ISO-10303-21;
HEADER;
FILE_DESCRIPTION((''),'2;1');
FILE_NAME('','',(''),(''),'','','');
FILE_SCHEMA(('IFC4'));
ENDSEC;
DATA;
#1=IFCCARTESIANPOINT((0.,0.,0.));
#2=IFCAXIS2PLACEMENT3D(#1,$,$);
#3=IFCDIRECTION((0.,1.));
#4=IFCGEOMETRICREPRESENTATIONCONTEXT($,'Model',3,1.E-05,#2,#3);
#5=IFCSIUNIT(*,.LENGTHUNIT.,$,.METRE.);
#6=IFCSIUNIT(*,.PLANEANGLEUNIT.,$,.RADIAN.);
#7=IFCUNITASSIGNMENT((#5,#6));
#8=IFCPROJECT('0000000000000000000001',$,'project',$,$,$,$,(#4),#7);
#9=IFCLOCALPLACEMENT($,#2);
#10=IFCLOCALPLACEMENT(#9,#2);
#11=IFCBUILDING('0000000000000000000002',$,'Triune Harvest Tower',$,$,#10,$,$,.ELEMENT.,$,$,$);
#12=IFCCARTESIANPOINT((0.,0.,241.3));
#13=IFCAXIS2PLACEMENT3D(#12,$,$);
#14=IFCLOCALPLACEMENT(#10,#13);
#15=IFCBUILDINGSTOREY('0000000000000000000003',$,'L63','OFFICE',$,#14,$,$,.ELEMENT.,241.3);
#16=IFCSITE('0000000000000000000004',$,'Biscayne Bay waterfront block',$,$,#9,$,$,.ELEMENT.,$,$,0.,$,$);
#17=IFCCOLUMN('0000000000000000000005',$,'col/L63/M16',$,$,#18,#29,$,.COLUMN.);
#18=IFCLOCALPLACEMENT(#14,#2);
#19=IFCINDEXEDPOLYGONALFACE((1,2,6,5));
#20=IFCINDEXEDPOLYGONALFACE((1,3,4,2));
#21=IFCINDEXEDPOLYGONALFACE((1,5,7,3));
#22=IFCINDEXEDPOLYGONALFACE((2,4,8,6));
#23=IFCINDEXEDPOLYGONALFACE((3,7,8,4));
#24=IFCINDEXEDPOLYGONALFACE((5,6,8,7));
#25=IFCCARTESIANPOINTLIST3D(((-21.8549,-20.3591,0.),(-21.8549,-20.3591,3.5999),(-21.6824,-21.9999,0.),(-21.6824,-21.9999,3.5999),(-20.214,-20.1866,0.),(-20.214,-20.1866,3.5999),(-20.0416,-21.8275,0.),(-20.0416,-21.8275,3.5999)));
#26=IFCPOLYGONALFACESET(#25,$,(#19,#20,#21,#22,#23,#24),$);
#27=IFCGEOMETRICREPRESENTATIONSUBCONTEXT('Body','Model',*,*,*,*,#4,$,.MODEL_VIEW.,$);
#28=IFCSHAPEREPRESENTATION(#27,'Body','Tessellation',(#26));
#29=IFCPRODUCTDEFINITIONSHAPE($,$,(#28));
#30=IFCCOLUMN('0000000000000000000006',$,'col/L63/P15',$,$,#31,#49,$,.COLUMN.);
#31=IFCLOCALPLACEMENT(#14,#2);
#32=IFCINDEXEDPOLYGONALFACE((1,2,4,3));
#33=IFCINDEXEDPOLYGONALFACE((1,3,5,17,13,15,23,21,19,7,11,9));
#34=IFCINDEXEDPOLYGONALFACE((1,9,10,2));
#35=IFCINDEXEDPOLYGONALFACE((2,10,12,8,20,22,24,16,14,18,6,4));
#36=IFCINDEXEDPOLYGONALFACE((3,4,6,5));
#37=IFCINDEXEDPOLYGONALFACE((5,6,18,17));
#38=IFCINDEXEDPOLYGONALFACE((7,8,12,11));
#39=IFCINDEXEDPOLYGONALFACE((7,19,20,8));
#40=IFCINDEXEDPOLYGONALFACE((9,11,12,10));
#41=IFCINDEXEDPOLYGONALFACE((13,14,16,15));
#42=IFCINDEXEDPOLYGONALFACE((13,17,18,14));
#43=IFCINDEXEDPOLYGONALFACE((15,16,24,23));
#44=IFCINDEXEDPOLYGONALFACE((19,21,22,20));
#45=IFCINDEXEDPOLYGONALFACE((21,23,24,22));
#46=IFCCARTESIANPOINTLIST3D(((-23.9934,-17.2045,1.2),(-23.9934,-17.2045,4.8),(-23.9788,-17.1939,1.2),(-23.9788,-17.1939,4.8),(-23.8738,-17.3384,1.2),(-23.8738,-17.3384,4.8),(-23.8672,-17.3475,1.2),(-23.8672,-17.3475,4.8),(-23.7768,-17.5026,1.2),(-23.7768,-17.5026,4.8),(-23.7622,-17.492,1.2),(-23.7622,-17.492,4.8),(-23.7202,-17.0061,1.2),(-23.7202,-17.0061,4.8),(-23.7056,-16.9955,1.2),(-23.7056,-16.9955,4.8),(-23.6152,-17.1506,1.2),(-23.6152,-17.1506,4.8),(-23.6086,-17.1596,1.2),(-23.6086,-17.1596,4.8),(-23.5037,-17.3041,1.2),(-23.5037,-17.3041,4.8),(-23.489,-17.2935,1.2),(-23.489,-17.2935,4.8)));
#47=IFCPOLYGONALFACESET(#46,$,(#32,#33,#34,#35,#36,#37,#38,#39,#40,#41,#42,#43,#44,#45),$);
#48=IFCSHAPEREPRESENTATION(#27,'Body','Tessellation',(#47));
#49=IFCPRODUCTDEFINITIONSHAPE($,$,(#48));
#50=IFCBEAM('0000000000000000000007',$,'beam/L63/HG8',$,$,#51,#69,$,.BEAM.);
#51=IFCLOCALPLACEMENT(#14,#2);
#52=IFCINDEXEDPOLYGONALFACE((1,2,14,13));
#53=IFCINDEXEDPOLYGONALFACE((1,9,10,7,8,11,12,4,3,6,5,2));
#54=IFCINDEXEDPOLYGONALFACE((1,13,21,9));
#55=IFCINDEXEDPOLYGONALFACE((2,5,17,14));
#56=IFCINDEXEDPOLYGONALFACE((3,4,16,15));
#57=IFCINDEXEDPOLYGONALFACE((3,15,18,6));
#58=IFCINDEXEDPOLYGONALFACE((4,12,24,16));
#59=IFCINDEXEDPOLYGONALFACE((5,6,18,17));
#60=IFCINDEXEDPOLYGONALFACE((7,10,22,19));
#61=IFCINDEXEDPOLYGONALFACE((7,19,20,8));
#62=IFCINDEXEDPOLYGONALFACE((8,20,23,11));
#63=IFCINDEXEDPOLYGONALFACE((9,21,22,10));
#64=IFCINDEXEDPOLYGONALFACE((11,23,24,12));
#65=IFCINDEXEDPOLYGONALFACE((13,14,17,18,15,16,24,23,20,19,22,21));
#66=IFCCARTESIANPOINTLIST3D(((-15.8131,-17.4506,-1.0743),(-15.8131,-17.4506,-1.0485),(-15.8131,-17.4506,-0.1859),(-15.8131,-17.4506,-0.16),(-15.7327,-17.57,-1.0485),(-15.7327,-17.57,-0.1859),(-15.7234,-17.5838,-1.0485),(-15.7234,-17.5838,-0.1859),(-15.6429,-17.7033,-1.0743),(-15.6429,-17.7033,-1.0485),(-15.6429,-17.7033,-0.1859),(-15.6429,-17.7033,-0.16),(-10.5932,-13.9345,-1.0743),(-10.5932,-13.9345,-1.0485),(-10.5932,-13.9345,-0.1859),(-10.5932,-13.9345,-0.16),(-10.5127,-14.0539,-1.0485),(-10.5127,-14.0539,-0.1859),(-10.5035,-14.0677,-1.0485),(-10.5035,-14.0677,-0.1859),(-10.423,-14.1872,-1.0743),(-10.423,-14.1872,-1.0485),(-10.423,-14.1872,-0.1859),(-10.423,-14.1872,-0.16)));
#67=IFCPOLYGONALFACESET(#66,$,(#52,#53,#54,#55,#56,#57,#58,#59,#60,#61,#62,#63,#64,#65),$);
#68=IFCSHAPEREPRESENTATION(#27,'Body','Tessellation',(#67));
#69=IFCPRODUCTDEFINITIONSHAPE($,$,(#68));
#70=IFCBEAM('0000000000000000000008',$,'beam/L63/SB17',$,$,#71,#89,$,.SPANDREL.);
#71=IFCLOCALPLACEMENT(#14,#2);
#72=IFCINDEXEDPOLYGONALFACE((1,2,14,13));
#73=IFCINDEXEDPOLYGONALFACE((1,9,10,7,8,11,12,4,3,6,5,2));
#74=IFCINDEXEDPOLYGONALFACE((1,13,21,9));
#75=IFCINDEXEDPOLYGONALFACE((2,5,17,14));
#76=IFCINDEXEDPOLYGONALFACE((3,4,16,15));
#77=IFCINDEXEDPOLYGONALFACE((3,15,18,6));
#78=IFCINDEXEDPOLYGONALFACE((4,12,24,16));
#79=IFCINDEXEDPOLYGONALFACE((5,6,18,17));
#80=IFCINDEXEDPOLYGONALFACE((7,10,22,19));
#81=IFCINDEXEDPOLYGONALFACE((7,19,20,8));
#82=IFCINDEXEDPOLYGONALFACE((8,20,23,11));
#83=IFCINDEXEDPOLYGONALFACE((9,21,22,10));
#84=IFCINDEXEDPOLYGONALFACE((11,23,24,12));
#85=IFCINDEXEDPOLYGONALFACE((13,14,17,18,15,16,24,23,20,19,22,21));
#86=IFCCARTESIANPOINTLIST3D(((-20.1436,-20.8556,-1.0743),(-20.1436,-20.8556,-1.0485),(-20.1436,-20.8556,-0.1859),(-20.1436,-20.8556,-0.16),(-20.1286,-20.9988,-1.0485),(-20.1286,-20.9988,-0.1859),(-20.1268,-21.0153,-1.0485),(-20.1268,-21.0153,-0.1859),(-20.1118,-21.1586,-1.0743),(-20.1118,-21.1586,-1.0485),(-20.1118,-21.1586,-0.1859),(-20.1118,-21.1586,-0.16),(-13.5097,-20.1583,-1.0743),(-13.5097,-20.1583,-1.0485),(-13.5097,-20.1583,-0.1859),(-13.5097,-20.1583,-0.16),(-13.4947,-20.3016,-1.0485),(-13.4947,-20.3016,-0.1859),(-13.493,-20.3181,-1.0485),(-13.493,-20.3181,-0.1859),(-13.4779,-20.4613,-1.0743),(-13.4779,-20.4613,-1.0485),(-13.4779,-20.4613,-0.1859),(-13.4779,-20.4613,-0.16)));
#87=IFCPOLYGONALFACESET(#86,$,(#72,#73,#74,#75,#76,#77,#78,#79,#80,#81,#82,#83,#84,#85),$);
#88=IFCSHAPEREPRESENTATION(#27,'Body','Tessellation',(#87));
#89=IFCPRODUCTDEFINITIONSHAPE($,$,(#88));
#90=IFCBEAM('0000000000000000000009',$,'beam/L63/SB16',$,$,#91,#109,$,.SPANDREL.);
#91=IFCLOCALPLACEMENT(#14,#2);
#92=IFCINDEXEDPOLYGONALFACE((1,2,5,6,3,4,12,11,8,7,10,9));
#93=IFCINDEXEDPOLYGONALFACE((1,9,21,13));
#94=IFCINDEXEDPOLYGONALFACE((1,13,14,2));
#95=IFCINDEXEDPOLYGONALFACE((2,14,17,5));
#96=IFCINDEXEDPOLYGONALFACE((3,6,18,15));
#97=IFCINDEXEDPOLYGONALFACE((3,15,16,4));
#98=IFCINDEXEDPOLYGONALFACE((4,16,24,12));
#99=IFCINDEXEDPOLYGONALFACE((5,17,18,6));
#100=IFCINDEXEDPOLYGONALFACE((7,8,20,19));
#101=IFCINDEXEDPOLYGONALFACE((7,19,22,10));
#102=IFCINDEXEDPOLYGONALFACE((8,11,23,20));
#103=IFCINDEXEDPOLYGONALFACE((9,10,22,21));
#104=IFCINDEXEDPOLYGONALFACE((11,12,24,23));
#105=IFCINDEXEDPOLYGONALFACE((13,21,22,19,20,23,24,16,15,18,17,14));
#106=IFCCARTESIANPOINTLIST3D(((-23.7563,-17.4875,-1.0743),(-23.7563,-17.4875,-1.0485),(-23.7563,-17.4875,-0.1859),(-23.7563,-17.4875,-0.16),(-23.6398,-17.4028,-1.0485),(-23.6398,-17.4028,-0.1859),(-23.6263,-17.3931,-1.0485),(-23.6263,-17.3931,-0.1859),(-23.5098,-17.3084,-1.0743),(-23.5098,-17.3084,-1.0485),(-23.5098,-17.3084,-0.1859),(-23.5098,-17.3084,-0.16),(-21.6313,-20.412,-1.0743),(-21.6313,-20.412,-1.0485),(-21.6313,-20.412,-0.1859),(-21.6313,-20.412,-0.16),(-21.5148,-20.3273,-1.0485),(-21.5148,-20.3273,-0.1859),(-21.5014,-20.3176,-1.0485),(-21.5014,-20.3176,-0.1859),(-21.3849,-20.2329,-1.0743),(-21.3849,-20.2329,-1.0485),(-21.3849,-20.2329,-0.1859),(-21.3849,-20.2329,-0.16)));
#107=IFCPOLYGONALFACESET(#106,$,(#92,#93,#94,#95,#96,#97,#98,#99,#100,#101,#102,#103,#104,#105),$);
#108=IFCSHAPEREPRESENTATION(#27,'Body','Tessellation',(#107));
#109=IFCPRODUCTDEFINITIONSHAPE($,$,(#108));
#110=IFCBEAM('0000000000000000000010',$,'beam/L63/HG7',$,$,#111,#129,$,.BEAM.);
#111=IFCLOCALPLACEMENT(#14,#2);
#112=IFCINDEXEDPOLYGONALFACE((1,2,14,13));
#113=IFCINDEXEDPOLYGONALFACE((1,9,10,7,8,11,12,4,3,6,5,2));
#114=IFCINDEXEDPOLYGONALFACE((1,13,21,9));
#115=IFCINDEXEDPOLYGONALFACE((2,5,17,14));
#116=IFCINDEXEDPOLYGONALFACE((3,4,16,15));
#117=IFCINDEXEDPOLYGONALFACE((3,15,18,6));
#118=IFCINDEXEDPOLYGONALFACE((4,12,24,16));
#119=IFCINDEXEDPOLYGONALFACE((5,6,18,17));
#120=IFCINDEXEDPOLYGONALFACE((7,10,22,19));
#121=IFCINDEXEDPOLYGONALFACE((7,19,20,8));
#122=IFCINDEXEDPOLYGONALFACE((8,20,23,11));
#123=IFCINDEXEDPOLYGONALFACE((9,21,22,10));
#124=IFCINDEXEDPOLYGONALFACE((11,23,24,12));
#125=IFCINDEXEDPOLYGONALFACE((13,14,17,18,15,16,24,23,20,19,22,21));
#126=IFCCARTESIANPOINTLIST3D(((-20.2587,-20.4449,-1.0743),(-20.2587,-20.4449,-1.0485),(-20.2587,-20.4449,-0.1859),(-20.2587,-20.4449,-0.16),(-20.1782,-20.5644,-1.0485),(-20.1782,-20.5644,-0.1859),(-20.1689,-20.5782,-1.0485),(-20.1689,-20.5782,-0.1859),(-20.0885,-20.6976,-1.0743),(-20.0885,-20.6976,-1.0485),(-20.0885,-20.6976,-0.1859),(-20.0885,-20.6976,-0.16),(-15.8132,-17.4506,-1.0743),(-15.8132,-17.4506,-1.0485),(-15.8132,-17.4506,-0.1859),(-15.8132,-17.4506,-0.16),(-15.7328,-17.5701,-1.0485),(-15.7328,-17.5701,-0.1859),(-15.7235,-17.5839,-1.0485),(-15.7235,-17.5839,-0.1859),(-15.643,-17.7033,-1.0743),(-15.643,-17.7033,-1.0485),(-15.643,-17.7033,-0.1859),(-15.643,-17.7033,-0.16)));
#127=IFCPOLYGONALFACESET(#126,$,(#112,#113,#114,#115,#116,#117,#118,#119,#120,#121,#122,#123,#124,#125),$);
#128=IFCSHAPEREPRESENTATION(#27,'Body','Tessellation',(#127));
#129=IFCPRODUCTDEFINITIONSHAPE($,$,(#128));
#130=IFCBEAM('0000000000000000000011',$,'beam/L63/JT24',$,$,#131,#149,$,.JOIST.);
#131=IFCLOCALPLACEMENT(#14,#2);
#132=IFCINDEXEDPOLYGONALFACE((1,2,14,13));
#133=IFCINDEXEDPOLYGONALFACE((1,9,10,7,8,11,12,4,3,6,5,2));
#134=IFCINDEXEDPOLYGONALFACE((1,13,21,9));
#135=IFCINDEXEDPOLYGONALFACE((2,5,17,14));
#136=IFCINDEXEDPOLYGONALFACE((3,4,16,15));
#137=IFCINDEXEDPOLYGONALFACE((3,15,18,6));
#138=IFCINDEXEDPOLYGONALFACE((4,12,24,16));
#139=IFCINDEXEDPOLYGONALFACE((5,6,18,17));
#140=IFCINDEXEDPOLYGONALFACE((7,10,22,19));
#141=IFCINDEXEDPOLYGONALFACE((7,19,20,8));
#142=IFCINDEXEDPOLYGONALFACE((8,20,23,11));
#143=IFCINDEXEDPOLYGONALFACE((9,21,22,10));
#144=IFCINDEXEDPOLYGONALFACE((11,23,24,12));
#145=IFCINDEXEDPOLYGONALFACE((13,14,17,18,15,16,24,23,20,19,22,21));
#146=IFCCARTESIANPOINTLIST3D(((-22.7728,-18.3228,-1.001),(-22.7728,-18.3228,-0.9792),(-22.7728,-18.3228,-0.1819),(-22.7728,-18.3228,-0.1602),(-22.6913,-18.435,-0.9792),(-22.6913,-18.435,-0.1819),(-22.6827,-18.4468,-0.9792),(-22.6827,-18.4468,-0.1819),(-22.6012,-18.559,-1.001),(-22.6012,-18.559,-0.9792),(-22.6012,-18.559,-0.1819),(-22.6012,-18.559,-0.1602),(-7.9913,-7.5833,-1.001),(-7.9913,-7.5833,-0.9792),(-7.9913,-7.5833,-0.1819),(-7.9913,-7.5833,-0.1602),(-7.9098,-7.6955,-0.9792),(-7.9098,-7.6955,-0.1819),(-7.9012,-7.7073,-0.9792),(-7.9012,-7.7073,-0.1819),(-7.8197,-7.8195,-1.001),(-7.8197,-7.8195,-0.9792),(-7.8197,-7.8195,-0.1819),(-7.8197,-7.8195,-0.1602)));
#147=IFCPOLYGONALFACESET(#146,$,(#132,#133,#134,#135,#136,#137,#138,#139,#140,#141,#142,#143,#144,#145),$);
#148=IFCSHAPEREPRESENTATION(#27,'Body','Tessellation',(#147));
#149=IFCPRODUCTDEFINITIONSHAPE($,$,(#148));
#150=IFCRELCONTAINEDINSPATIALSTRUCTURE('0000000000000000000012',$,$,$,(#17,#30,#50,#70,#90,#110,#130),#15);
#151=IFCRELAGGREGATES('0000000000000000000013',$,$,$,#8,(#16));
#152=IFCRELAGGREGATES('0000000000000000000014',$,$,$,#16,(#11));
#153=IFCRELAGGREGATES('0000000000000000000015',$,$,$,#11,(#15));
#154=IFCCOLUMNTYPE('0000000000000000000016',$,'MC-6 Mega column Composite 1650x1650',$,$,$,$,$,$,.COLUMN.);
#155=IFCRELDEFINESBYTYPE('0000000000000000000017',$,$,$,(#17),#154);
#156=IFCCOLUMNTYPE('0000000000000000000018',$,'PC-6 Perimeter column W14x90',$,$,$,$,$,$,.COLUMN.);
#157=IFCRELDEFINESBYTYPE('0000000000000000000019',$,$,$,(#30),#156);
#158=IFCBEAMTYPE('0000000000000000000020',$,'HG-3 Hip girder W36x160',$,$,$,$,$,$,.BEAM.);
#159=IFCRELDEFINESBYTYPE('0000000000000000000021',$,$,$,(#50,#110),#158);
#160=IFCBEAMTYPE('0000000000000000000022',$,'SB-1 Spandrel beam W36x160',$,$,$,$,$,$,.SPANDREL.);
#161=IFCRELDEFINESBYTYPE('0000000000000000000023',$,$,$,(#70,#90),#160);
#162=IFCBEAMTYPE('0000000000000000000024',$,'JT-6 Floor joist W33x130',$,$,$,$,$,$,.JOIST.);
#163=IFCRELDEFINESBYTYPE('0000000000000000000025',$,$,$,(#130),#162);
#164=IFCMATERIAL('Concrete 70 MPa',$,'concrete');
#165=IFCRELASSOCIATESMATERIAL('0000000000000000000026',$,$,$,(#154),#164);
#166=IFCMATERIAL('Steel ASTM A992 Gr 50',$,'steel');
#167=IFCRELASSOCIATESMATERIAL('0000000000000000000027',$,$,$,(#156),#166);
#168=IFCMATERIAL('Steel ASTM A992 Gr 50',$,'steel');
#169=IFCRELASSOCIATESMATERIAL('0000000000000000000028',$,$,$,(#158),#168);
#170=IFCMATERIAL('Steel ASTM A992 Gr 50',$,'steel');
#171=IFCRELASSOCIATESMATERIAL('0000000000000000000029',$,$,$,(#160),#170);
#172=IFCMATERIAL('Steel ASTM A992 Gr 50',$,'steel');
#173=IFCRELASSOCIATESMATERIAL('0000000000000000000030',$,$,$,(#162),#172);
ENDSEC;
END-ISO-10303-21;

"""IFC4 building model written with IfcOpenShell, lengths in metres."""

from ifc_helpers import new_model, si_unit, direction, frame, origin, origin_2d, place, context, subcontext, project, spatial, rectangle, i_section, extrude, source, transform, mapped, material, material_profile, profile_set, type_object, element, save


model = new_model("IFC4")

# Units and contexts
model_context = context("Model", 3, precision=1e-05, world=origin(), true_north=direction((0.0, 1.0)))
body_context = subcontext(model_context, "Body", "Model", "MODEL_VIEW")
ifc_project = project(units=[si_unit("LENGTHUNIT", "METRE"), si_unit("PLANEANGLEUNIT", "RADIAN")], contexts=[model_context])

# Site, building, storey
site_placement = place(None, origin())
site = spatial("IfcSite", under=ifc_project, at=site_placement, Name="Biscayne Bay waterfront block", CompositionType="ELEMENT", RefElevation=0.0)
building_placement = place(site_placement, origin())
building = spatial("IfcBuilding", under=site, at=building_placement, Name="Triune Harvest Tower", CompositionType="ELEMENT")
storey_placement = place(building_placement, frame((0.0, 0.0, 241.3)))
storey = spatial("IfcBuildingStorey", under=building, at=storey_placement, Name="L63", Description="OFFICE", CompositionType="ELEMENT", Elevation=241.3)

# Columns
ifc_material_1 = material(Name="Concrete 70 MPa", Category="concrete")
ifc_material_profile_1 = material_profile(ifc_material_1, rectangle(XDim=1.6499, YDim=1.6499, at=origin_2d()), Name="Composite 1650x1650")
ifc_profile_set_1 = profile_set([ifc_material_profile_1], Name="Concrete 70 MPa")
column_type_1 = type_object("IfcColumnType", Name="MC-6 Mega column Composite 1650x1650", PredefinedType="COLUMN", material=ifc_profile_set_1)
shared_shape_1 = source(origin(), body_context, "Body", "SweptSolid", [
    extrude(rectangle(XDim=1.6499, YDim=1.6499, at=origin_2d()), origin(), (0.0, 0.0, 1.0), 3.5999),
])
column_1_placement = place(storey_placement, frame((-20.9482, -21.0933, 0.0), z_axis=(0.0, 0.0, 1.0), x_axis=(0.994522, 0.10453, 0.0)))
element("IfcColumn", 1, at=column_1_placement, inside=storey, type_object=column_type_1, Name="col/L63/M16", PredefinedType="COLUMN", context=body_context, shape_type="MappedRepresentation", body=[
    mapped(shared_shape_1, transform((0.0, 0.0, 0.0), scale=1.0)),
])
ifc_material_2 = material(Name="Steel ASTM A992 Gr 50", Category="steel")
ifc_material_profile_2 = material_profile(ifc_material_2, i_section(OverallWidth=0.3684, OverallDepth=0.3557, WebThickness=0.0112, FlangeThickness=0.0181, at=origin_2d()), Name="W14x90")
ifc_profile_set_2 = profile_set([ifc_material_profile_2], Name="Steel ASTM A992 Gr 50")
column_type_2 = type_object("IfcColumnType", Name="PC-6 Perimeter column W14x90", PredefinedType="COLUMN", material=ifc_profile_set_2)
shared_shape_2 = source(origin(), body_context, "Body", "SweptSolid", [
    extrude(i_section(OverallWidth=0.3684, OverallDepth=0.3557, WebThickness=0.0112, FlangeThickness=0.0181, at=origin_2d()), origin(), (0.0, 0.0, 1.0), 3.6001),
])
column_2_placement = place(storey_placement, frame((-23.7412, -17.249, 1.2), z_axis=(0.0, 0.0, 1.0), x_axis=(0.587785, -0.809017, 0.0)))
element("IfcColumn", 2, at=column_2_placement, inside=storey, type_object=column_type_2, Name="col/L63/P15", PredefinedType="COLUMN", context=body_context, shape_type="MappedRepresentation", body=[
    mapped(shared_shape_2, transform((0.0, 0.0, 0.0), scale=1.0)),
])

# Beams
ifc_material_3 = material(Name="Steel ASTM A992 Gr 50", Category="steel")
ifc_material_profile_3 = material_profile(ifc_material_3, i_section(OverallWidth=0.3047, OverallDepth=0.9143, WebThickness=0.0166, FlangeThickness=0.0259, at=origin_2d()), Name="W36x160")
ifc_profile_set_3 = profile_set([ifc_material_profile_3], Name="Steel ASTM A992 Gr 50")
beam_type_1 = type_object("IfcBeamType", Name="HG-3 Hip girder W36x160", PredefinedType="BEAM", material=ifc_profile_set_3)
shared_shape_3 = source(origin(), body_context, "Body", "SweptSolid", [
    extrude(i_section(OverallWidth=0.3047, OverallDepth=0.9143, WebThickness=0.0166, FlangeThickness=0.0259, at=origin_2d()), origin(), (0.0, 0.0, 1.0), 6.2937),
])
beam_1_placement = place(storey_placement, frame((-15.728, -17.5769, -0.6172), z_axis=(0.829391, 0.558668, 0.0), x_axis=(-0.558668, 0.829391, 0.0)))
element("IfcBeam", 3, at=beam_1_placement, inside=storey, type_object=beam_type_1, Name="beam/L63/HG8", PredefinedType="BEAM", context=body_context, shape_type="MappedRepresentation", body=[
    mapped(shared_shape_3, transform((0.0, 0.0, 0.0), scale=1.0)),
])
ifc_material_4 = material(Name="Steel ASTM A992 Gr 50", Category="steel")
ifc_material_profile_4 = material_profile(ifc_material_4, i_section(OverallWidth=0.3047, OverallDepth=0.9143, WebThickness=0.0166, FlangeThickness=0.0259, at=origin_2d()), Name="W36x160")
ifc_profile_set_4 = profile_set([ifc_material_profile_4], Name="Steel ASTM A992 Gr 50")
beam_type_2 = type_object("IfcBeamType", Name="SB-1 Spandrel beam W36x160", PredefinedType="SPANDREL", material=ifc_profile_set_4)
shared_shape_4 = source(origin(), body_context, "Body", "SweptSolid", [
    extrude(i_section(OverallWidth=0.3047, OverallDepth=0.9143, WebThickness=0.0166, FlangeThickness=0.0259, at=origin_2d()), origin(), (0.0, 0.0, 1.0), 6.6704),
])
beam_2_placement = place(storey_placement, frame((-20.1277, -21.0071, -0.6172), z_axis=(0.994521, 0.104532, 0.0), x_axis=(-0.104532, 0.994521, 0.0)))
element("IfcBeam", 4, at=beam_2_placement, inside=storey, type_object=beam_type_2, Name="beam/L63/SB17", PredefinedType="SPANDREL", context=body_context, shape_type="MappedRepresentation", body=[
    mapped(shared_shape_4, transform((0.0, 0.0, 0.0), scale=1.0)),
])
shared_shape_5 = source(origin(), body_context, "Body", "SweptSolid", [
    extrude(i_section(OverallWidth=0.3047, OverallDepth=0.9143, WebThickness=0.0166, FlangeThickness=0.0259, at=origin_2d()), origin(), (0.0, 0.0, 1.0), 3.615),
])
beam_3_placement = place(storey_placement, frame((-23.6331, -17.3979, -0.6172), z_axis=(0.587818, -0.808993, 0.0), x_axis=(0.808993, 0.587818, 0.0)))
element("IfcBeam", 5, at=beam_3_placement, inside=storey, type_object=beam_type_2, Name="beam/L63/SB16", PredefinedType="SPANDREL", context=body_context, shape_type="MappedRepresentation", body=[
    mapped(shared_shape_5, transform((0.0, 0.0, 0.0), scale=1.0)),
])
shared_shape_6 = source(origin(), body_context, "Body", "SweptSolid", [
    extrude(i_section(OverallWidth=0.3047, OverallDepth=0.9143, WebThickness=0.0166, FlangeThickness=0.0259, at=origin_2d()), origin(), (0.0, 0.0, 1.0), 5.3599),
])
beam_4_placement = place(storey_placement, frame((-20.1736, -20.5713, -0.6172), z_axis=(0.829399, 0.558657, 0.0), x_axis=(-0.558657, 0.829399, 0.0)))
element("IfcBeam", 6, at=beam_4_placement, inside=storey, type_object=beam_type_1, Name="beam/L63/HG7", PredefinedType="BEAM", context=body_context, shape_type="MappedRepresentation", body=[
    mapped(shared_shape_6, transform((0.0, 0.0, 0.0), scale=1.0)),
])
ifc_material_5 = material(Name="Steel ASTM A992 Gr 50", Category="steel")
ifc_material_profile_5 = material_profile(ifc_material_5, i_section(OverallWidth=0.292, OverallDepth=0.8408, WebThickness=0.0146, FlangeThickness=0.0217, at=origin_2d()), Name="W33x130")
ifc_profile_set_5 = profile_set([ifc_material_profile_5], Name="Steel ASTM A992 Gr 50")
beam_type_3 = type_object("IfcBeamType", Name="JT-6 Floor joist W33x130", PredefinedType="JOIST", material=ifc_profile_set_5)
shared_shape_7 = source(origin(), body_context, "Body", "SweptSolid", [
    extrude(i_section(OverallWidth=0.292, OverallDepth=0.8408, WebThickness=0.0146, FlangeThickness=0.0217, at=origin_2d()), origin(), (0.0, 0.0, 1.0), 18.271),
])
beam_5_placement = place(storey_placement, frame((-22.687, -18.4409, -0.5806), z_axis=(0.809014, 0.587789, 0.0), x_axis=(-0.587789, 0.809014, 0.0)))
element("IfcBeam", 7, at=beam_5_placement, inside=storey, type_object=beam_type_3, Name="beam/L63/JT24", PredefinedType="JOIST", context=body_context, shape_type="MappedRepresentation", body=[
    mapped(shared_shape_7, transform((0.0, 0.0, 0.0), scale=1.0)),
])

save(model, "model.ifc")
